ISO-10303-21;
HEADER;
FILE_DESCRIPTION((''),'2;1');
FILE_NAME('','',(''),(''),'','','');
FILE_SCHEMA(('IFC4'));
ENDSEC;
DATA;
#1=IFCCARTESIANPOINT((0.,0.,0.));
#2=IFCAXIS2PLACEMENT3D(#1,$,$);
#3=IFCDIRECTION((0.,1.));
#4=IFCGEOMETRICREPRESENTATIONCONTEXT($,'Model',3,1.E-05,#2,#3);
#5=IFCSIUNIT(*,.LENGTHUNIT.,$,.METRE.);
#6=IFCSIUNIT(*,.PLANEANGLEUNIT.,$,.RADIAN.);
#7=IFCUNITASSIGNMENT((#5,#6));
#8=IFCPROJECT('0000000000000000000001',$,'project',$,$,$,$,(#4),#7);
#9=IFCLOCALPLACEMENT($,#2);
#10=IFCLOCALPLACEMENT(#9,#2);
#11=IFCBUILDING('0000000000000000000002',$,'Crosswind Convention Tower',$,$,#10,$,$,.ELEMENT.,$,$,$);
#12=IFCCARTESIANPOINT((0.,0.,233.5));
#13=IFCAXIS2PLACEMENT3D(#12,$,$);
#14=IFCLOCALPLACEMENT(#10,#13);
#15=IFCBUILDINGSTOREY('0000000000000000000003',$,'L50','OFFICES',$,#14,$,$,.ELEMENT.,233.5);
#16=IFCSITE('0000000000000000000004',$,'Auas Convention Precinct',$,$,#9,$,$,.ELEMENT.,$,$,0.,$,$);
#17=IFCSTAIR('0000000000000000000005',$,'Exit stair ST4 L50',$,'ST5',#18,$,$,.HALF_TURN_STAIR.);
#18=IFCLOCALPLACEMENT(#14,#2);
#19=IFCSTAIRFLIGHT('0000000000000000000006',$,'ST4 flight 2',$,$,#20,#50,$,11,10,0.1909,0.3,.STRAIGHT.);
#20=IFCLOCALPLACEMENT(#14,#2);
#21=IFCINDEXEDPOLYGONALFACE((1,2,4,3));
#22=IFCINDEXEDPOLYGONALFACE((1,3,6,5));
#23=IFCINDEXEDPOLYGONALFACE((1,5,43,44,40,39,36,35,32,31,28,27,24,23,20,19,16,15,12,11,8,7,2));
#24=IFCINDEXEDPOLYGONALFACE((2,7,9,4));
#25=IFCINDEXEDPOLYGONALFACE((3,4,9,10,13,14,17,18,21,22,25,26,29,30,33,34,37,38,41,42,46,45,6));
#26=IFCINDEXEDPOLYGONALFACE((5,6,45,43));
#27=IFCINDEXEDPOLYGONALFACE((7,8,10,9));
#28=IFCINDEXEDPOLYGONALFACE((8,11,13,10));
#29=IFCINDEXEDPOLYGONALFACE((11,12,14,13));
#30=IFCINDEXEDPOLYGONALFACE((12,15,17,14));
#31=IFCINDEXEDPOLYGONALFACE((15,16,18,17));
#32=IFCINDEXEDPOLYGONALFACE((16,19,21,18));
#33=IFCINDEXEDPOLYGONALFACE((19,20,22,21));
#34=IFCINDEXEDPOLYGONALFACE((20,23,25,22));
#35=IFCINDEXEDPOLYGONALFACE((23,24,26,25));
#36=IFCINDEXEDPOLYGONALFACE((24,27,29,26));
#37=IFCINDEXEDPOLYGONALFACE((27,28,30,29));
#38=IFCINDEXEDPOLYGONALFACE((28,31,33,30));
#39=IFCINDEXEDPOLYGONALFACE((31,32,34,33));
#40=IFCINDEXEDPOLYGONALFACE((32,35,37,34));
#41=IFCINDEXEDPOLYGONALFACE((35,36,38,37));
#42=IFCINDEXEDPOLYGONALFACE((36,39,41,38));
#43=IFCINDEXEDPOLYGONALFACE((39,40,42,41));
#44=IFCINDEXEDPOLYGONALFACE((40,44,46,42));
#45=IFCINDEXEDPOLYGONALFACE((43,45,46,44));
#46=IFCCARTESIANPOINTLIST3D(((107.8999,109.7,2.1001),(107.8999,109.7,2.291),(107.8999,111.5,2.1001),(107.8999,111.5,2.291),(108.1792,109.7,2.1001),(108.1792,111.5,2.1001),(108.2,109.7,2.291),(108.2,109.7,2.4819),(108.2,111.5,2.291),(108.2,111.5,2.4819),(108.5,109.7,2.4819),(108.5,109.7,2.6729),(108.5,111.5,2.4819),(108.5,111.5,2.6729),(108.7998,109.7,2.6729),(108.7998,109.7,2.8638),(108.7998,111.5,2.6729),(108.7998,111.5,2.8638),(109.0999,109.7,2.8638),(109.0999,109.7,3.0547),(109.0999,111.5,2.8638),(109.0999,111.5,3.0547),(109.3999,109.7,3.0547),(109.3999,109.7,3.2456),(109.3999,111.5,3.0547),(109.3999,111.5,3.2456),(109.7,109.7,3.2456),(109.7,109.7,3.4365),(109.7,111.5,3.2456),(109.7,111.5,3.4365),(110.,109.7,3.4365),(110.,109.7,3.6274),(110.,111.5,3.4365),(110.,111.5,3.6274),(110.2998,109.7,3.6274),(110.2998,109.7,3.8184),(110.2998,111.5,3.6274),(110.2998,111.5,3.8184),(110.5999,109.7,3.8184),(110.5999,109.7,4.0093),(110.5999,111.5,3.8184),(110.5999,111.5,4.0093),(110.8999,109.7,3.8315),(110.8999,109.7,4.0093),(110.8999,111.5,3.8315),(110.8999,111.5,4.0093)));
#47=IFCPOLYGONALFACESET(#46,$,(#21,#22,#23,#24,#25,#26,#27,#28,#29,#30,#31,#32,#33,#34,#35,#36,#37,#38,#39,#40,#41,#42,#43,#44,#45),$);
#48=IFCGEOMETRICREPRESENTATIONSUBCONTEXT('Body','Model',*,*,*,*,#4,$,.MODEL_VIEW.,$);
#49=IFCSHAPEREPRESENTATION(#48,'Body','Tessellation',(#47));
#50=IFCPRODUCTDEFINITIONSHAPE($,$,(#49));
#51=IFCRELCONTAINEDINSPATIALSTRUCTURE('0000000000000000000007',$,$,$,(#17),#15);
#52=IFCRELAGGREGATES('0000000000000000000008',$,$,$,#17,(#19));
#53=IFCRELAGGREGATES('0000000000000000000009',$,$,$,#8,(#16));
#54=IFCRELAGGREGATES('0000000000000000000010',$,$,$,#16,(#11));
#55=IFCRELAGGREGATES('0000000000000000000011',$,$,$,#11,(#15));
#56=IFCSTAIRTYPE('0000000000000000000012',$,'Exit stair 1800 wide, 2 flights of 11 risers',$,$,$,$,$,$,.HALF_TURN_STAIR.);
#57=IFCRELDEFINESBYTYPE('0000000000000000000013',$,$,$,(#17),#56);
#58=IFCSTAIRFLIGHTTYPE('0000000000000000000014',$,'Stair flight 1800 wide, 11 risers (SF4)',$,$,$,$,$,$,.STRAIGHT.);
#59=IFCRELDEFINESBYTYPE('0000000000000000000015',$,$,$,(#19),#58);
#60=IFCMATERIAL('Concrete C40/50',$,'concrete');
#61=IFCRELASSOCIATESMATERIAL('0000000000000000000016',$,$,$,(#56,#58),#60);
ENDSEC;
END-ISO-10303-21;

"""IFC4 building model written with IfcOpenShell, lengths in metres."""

from ifc_helpers import new_model, si_unit, direction, frame, origin, place, context, subcontext, project, spatial, polyline, outline, extrude, material, type_object, element, aggregate, save


model = new_model("IFC4")

# Units and contexts
model_context = context("Model", 3, precision=1e-05, world=origin(), true_north=direction((0.0, 1.0)))
body_context = subcontext(model_context, "Body", "Model", "MODEL_VIEW")
ifc_project = project(units=[si_unit("LENGTHUNIT", "METRE"), si_unit("PLANEANGLEUNIT", "RADIAN")], contexts=[model_context])

# Site, building, storey
site_placement = place(None, origin())
site = spatial("IfcSite", under=ifc_project, at=site_placement, Name="Auas Convention Precinct", CompositionType="ELEMENT", RefElevation=0.0)
building_placement = place(site_placement, origin())
building = spatial("IfcBuilding", under=site, at=building_placement, Name="Crosswind Convention Tower", CompositionType="ELEMENT")
storey_placement = place(building_placement, frame((0.0, 0.0, 233.5)))
storey = spatial("IfcBuildingStorey", under=building, at=storey_placement, Name="L50", Description="OFFICES", CompositionType="ELEMENT", Elevation=233.5)

# Stair, stair flight
ifc_material_1 = material(Name="Concrete C40/50", Category="concrete")
stair_type = type_object("IfcStairType", Name="Exit stair 1800 wide, 2 flights of 11 risers", PredefinedType="HALF_TURN_STAIR", material=ifc_material_1)
stair_placement = place(storey_placement, origin())
stair = element("IfcStair", 1, at=stair_placement, inside=storey, type_object=stair_type, Name="Exit stair ST4 L50", ObjectType="ST5", PredefinedType="HALF_TURN_STAIR")
stair_flight_type = type_object("IfcStairFlightType", Name="Stair flight 1800 wide, 11 risers (SF4)", PredefinedType="STRAIGHT", material=ifc_material_1)
stair_flight_placement = place(storey_placement, frame((107.8999, 110.6001, 2.1001), z_axis=(0.0, 0.0, 1.0), x_axis=(1.0, 0.0, 0.0)))
stair_flight = element("IfcStairFlight", 2, at=stair_flight_placement, type_object=stair_flight_type, Name="ST4 flight 2", NumberOfRisers=11, NumberOfTreads=10, PredefinedType="STRAIGHT", RiserHeight=0.1909, TreadLength=0.3, context=body_context, shape_type="SweptSolid", body=[
    extrude(outline(polyline([(0.0, 0.0), (0.0, 0.1909), (0.3, 0.1909), (0.3, 0.3818), (0.6001, 0.3818), (0.6001, 0.5728), (0.8999, 0.5728), (0.8999, 0.7637), (1.2, 0.7637), (1.2, 0.9546), (1.5, 0.9546), (1.5, 1.1455), (1.8, 1.1455), (1.8, 1.3364), (2.1001, 1.3364), (2.1001, 1.5273), (2.3999, 1.5273), (2.3999, 1.7183), (2.7, 1.7183), (2.7, 1.9092), (3.0, 1.9092), (3.0, 2.1001), (3.0, 1.7314), (0.2793, 0.0), (0.0, 0.0)])), frame((0.0, 0.8999, 0.0), z_axis=(0.0, -1.0, 0.0), x_axis=(1.0, 0.0, 0.0)), (0.0, 0.0, 1.0), 1.8),
])
aggregate(stair, [stair_flight])

save(model, "model.ifc")
